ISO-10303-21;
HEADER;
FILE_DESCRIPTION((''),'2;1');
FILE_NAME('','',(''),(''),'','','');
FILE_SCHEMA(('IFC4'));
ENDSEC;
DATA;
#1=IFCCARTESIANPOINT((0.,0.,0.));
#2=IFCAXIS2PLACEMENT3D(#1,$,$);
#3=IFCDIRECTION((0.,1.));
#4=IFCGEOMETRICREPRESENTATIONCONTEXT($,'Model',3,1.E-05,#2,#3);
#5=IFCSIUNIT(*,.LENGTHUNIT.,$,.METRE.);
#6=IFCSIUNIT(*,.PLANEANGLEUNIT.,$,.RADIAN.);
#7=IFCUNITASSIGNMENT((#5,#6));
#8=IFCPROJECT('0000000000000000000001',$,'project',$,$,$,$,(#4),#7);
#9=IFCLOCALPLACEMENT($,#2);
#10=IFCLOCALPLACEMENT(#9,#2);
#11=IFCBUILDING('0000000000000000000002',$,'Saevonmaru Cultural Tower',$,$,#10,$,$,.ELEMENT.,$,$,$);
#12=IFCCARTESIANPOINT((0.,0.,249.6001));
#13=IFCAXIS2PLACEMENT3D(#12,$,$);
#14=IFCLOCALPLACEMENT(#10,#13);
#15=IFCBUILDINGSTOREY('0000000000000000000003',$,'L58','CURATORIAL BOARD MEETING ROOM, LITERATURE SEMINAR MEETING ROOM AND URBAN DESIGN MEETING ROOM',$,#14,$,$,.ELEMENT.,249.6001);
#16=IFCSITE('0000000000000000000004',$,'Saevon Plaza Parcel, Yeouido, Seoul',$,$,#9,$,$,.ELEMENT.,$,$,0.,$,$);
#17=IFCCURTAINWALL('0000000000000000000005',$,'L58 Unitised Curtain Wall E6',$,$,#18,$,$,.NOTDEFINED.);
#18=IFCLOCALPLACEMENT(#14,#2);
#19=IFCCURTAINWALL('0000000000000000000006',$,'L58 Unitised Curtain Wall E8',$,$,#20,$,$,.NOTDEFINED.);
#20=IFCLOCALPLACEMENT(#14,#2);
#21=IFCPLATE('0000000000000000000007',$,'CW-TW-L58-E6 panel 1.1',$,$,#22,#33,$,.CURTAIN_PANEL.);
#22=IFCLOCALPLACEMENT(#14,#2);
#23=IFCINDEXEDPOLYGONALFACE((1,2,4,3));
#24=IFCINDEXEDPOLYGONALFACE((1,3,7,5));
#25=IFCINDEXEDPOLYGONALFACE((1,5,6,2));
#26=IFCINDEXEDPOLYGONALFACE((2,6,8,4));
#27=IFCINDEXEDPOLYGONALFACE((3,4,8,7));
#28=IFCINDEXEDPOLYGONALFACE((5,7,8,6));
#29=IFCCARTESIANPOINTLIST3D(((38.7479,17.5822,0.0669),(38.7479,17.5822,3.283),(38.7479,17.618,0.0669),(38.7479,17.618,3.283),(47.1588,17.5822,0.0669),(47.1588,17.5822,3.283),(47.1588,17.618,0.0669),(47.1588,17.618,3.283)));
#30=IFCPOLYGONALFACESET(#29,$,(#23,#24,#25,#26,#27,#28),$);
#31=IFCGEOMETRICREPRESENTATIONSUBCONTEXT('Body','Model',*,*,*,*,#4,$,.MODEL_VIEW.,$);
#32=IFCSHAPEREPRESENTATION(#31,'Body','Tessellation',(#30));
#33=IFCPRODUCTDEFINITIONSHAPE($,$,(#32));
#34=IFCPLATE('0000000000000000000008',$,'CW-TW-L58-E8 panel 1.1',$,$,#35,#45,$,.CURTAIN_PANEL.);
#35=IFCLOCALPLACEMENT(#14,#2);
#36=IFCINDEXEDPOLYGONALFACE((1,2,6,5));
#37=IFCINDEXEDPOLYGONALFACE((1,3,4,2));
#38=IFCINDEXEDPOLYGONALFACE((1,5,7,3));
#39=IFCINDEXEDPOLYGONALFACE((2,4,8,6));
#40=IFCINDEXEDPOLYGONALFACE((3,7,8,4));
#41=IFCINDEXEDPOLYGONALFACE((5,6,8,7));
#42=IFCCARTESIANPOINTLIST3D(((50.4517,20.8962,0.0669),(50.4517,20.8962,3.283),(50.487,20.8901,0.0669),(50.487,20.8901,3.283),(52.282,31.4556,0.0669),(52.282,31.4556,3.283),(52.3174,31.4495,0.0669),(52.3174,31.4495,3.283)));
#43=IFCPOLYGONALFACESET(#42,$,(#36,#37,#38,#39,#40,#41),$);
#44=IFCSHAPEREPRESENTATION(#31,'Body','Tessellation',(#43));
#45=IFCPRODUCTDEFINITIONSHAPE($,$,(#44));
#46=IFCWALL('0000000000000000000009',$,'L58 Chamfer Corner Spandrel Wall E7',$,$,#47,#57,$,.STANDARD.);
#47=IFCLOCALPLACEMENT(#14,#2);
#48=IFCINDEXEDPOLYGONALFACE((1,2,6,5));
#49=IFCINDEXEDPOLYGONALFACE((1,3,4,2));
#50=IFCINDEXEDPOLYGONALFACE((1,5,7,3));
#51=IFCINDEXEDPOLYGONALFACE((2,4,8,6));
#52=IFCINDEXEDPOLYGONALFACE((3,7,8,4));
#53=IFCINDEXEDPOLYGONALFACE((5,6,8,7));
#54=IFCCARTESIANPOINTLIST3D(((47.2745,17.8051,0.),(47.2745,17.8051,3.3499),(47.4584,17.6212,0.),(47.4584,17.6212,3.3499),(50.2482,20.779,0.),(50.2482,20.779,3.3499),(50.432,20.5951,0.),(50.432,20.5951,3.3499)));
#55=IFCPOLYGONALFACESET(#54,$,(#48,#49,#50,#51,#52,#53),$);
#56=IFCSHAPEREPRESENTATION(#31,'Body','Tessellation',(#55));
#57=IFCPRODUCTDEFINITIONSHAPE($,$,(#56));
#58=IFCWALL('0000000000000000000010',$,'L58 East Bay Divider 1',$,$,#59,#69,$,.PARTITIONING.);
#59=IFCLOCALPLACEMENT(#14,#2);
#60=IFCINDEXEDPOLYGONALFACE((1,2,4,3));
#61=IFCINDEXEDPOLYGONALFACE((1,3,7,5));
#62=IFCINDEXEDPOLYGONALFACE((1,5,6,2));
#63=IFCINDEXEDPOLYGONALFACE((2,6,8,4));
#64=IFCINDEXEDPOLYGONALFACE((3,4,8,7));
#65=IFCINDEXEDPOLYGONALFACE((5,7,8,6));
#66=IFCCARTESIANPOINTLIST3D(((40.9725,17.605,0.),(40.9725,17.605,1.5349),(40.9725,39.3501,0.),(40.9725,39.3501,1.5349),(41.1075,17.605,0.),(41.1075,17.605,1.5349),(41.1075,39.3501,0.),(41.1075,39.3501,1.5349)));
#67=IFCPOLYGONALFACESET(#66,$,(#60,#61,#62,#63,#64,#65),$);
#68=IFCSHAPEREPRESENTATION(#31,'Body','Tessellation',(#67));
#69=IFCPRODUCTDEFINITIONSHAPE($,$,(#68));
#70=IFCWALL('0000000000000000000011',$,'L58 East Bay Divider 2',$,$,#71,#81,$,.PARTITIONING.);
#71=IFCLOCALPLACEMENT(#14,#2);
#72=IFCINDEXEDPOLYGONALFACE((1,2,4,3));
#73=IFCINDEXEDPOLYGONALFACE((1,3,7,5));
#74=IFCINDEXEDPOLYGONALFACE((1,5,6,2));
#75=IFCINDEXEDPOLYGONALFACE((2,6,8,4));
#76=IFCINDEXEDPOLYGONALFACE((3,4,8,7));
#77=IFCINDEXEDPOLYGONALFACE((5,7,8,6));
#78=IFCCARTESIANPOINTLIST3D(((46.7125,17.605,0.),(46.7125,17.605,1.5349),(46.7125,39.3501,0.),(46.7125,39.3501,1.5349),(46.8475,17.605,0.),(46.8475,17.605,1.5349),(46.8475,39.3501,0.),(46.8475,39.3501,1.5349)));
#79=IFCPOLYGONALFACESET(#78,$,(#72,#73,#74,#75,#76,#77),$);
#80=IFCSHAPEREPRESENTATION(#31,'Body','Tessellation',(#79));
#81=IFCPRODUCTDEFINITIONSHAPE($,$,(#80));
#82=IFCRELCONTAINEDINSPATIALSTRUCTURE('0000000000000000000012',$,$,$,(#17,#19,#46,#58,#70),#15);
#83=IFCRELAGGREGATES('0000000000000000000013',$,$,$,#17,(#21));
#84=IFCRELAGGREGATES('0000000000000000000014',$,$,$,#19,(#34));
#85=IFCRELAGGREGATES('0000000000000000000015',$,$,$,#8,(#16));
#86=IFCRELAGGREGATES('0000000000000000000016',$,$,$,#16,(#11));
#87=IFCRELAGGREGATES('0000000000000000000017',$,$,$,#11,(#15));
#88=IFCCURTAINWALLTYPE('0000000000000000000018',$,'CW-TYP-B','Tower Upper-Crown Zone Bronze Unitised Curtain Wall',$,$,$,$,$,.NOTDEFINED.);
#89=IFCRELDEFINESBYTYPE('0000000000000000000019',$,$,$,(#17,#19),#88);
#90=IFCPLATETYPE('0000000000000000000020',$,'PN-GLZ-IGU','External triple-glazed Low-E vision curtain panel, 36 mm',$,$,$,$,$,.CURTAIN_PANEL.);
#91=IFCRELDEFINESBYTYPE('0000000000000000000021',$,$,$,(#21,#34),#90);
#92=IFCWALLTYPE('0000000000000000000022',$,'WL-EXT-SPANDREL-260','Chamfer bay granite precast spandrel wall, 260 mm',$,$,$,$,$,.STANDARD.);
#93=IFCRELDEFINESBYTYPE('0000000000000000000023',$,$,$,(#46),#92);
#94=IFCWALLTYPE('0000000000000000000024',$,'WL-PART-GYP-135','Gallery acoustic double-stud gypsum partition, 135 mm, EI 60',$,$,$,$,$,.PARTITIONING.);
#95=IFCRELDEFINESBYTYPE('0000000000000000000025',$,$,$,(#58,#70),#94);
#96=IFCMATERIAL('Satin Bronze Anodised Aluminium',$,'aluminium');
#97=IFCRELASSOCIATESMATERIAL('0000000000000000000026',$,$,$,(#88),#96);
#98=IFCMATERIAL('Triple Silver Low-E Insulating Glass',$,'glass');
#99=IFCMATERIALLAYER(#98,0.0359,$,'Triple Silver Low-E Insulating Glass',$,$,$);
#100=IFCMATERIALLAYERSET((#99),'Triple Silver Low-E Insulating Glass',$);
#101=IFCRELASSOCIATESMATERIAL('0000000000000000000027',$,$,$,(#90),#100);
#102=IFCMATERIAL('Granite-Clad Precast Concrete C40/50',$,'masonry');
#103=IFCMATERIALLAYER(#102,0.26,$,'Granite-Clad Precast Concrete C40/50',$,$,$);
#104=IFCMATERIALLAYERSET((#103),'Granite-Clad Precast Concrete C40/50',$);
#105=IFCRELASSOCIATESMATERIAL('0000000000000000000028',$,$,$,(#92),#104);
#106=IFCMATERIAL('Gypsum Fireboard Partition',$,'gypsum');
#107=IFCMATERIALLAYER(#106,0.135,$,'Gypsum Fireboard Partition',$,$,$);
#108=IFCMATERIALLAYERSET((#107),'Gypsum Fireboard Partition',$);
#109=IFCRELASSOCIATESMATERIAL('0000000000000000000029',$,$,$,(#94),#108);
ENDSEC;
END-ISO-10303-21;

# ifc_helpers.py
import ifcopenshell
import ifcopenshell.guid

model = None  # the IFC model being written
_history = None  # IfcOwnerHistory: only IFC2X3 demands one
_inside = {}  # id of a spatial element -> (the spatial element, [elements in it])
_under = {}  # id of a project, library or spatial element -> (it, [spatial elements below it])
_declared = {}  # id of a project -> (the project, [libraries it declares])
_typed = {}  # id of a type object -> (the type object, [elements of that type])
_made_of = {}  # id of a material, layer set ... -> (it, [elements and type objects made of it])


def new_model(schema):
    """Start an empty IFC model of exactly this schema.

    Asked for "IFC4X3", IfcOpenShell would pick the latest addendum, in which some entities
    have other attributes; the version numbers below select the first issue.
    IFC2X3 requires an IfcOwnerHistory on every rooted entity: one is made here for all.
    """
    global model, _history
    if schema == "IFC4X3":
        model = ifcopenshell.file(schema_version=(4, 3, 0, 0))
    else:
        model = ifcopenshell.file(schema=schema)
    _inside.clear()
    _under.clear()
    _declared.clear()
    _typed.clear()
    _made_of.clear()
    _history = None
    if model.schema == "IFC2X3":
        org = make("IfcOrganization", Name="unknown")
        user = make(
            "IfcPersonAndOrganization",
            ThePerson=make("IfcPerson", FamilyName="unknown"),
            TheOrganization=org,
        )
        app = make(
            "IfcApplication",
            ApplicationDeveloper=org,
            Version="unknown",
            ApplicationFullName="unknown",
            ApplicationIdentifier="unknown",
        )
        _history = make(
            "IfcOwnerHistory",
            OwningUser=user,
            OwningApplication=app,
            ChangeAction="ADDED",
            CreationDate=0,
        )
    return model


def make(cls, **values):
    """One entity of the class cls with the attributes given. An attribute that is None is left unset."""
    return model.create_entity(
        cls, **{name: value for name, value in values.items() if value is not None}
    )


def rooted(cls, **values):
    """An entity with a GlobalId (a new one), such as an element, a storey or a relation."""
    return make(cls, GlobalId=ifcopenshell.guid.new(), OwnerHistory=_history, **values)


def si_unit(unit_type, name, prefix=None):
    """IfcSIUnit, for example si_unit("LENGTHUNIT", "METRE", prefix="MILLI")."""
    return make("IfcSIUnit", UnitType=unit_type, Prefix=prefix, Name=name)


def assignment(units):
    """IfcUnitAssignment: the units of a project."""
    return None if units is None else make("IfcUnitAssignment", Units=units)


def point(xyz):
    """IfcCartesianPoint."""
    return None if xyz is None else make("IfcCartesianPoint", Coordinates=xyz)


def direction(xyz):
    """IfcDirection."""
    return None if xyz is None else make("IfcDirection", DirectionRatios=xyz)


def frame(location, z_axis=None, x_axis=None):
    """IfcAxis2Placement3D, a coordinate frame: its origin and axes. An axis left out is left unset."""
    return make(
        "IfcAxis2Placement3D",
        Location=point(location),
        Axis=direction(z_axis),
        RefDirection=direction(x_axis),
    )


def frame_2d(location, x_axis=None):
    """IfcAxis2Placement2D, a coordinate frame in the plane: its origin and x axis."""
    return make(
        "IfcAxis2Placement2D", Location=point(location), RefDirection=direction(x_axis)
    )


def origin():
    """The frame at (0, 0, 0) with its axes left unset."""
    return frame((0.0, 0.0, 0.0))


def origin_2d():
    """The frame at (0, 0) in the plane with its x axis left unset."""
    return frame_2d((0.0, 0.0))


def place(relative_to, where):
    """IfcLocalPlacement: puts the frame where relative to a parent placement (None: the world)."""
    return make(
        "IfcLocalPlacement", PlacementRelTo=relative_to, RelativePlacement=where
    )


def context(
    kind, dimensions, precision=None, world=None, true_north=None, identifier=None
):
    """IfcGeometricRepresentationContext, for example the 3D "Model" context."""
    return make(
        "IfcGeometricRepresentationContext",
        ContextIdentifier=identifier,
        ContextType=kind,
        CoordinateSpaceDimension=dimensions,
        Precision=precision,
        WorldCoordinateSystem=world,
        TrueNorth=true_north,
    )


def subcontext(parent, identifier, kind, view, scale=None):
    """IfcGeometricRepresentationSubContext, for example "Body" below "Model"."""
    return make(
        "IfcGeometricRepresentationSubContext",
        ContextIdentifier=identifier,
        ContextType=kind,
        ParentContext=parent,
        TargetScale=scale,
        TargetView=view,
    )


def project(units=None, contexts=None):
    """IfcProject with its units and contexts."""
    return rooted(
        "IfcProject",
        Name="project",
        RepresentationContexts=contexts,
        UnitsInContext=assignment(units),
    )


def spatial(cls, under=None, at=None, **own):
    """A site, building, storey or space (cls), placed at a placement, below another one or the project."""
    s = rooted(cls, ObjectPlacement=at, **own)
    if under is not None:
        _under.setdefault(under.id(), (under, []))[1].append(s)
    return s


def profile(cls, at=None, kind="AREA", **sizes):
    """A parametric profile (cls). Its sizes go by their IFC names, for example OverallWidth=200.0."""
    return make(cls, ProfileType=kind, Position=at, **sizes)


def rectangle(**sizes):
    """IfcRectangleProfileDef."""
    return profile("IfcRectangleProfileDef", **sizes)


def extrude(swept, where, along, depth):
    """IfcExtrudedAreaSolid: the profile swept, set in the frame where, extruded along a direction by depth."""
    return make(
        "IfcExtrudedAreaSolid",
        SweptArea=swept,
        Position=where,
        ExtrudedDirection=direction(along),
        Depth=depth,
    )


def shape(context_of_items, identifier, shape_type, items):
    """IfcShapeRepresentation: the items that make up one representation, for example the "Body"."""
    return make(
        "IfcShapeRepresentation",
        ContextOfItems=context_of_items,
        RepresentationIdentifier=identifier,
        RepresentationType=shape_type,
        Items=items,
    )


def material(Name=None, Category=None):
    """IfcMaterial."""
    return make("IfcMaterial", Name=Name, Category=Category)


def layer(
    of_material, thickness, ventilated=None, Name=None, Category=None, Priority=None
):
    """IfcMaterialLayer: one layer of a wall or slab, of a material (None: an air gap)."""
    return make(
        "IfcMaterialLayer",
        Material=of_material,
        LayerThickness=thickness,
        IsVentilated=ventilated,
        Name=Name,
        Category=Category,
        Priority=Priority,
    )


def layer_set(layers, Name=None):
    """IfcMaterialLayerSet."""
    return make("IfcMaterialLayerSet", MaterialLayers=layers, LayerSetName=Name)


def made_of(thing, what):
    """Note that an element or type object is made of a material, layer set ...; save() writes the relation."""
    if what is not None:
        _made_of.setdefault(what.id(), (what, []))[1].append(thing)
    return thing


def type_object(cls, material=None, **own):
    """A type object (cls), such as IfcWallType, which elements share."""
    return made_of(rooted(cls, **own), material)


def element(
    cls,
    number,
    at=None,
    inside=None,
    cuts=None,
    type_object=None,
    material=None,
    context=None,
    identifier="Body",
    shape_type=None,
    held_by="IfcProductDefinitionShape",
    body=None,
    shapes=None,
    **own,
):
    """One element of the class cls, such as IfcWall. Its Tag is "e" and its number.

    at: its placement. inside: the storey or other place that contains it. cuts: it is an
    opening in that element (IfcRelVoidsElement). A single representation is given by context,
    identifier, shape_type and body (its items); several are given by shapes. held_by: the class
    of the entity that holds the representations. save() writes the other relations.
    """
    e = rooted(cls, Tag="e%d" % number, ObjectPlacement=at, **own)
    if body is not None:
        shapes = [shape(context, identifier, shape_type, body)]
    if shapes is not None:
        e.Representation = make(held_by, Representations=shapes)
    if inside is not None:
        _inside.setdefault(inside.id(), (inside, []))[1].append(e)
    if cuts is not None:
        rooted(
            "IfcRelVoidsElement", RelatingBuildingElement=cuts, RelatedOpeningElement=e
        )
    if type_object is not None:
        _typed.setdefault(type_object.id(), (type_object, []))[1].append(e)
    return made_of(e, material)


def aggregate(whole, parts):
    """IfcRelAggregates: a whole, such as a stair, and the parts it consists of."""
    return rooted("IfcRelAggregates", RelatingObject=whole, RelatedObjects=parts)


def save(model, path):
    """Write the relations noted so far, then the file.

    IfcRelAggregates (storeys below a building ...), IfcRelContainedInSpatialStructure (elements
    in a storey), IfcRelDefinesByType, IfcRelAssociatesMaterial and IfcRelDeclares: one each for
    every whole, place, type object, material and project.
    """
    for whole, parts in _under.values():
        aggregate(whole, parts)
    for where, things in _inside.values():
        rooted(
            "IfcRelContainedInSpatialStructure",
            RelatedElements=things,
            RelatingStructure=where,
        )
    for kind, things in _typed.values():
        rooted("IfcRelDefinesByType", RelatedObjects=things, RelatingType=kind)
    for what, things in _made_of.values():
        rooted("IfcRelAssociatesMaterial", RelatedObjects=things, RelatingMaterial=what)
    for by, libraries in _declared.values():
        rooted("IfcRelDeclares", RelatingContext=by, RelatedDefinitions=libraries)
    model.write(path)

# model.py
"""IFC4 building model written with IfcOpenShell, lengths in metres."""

from ifc_helpers import new_model, si_unit, direction, frame, frame_2d, origin, origin_2d, place, context, subcontext, project, spatial, rectangle, extrude, material, layer, layer_set, type_object, element, aggregate, save


model = new_model("IFC4")

# Units and contexts
model_context = context("Model", 3, precision=1e-05, world=origin(), true_north=direction((0.0, 1.0)))
body_context = subcontext(model_context, "Body", "Model", "MODEL_VIEW")
ifc_project = project(units=[si_unit("LENGTHUNIT", "METRE"), si_unit("PLANEANGLEUNIT", "RADIAN")], contexts=[model_context])

# Site, building, storey
site_placement = place(None, origin())
site = spatial("IfcSite", under=ifc_project, at=site_placement, Name="Saevon Plaza Parcel, Yeouido, Seoul", CompositionType="ELEMENT", RefElevation=0.0)
building_placement = place(site_placement, origin())
building = spatial("IfcBuilding", under=site, at=building_placement, Name="Saevonmaru Cultural Tower", CompositionType="ELEMENT")
storey_placement = place(building_placement, frame((0.0, 0.0, 249.6001)))
storey = spatial("IfcBuildingStorey", under=building, at=storey_placement, Name="L58", Description="CURATORIAL BOARD MEETING ROOM, LITERATURE SEMINAR MEETING ROOM AND URBAN DESIGN MEETING ROOM", CompositionType="ELEMENT", Elevation=249.6001)

# Curtain wall
ifc_material_1 = material(Name="Satin Bronze Anodised Aluminium", Category="aluminium")
curtain_wall_type = type_object("IfcCurtainWallType", Name="CW-TYP-B", Description="Tower Upper-Crown Zone Bronze Unitised Curtain Wall", PredefinedType="NOTDEFINED", material=ifc_material_1)
curtain_wall_1_placement = place(storey_placement, origin())
curtain_wall_1 = element("IfcCurtainWall", 1, at=curtain_wall_1_placement, inside=storey, type_object=curtain_wall_type, Name="L58 Unitised Curtain Wall E6", PredefinedType="NOTDEFINED")

# Curtain wall
curtain_wall_2_placement = place(storey_placement, origin())
curtain_wall_2 = element("IfcCurtainWall", 2, at=curtain_wall_2_placement, inside=storey, type_object=curtain_wall_type, Name="L58 Unitised Curtain Wall E8", PredefinedType="NOTDEFINED")

# Plates
ifc_material_2 = material(Name="Triple Silver Low-E Insulating Glass", Category="glass")
ifc_layer_1 = layer(ifc_material_2, 0.0359, Name="Triple Silver Low-E Insulating Glass")
ifc_layer_set_1 = layer_set([ifc_layer_1], Name="Triple Silver Low-E Insulating Glass")
plate_type_1 = type_object("IfcPlateType", Name="PN-GLZ-IGU", Description="External triple-glazed Low-E vision curtain panel, 36 mm", PredefinedType="CURTAIN_PANEL", material=ifc_layer_set_1)
plate_1_placement = place(storey_placement, frame((42.9534, 17.6001, 0.0669), z_axis=(0.0, 0.0, 1.0), x_axis=(1.0, 0.0, 0.0)))
plate_1 = element("IfcPlate", 3, at=plate_1_placement, type_object=plate_type_1, Name="CW-TW-L58-E6 panel 1.1", PredefinedType="CURTAIN_PANEL", context=body_context, shape_type="SweptSolid", body=[
    extrude(rectangle(XDim=8.4109, YDim=0.0359, at=origin_2d()), origin(), (0.0, 0.0, 1.0), 3.2161),
])
aggregate(curtain_wall_1, [plate_1])
plate_2_placement = place(storey_placement, frame((51.3845, 26.1729, 0.0669), z_axis=(0.0, 0.0, 1.0), x_axis=(0.17079, 0.985307, 0.0)))
plate_2 = element("IfcPlate", 4, at=plate_2_placement, type_object=plate_type_1, Name="CW-TW-L58-E8 panel 1.1", PredefinedType="CURTAIN_PANEL", context=body_context, shape_type="SweptSolid", body=[
    extrude(rectangle(XDim=10.7168, YDim=0.0359, at=origin_2d()), origin(), (0.0, 0.0, 1.0), 3.2161),
])
aggregate(curtain_wall_2, [plate_2])

# Walls
ifc_material_3 = material(Name="Granite-Clad Precast Concrete C40/50", Category="masonry")
ifc_layer_2 = layer(ifc_material_3, 0.26, Name="Granite-Clad Precast Concrete C40/50")
ifc_layer_set_2 = layer_set([ifc_layer_2], Name="Granite-Clad Precast Concrete C40/50")
wall_type_1 = type_object("IfcWallType", Name="WL-EXT-SPANDREL-260", Description="Chamfer bay granite precast spandrel wall, 260 mm", PredefinedType="STANDARD", material=ifc_layer_set_2)
wall_placement = place(storey_placement, frame((47.3665, 17.7131, 0.0), z_axis=(0.0, 0.0, 1.0), x_axis=(0.707078, 0.707136, 0.0)))
element("IfcWall", 5, at=wall_placement, inside=storey, type_object=wall_type_1, Name="L58 Chamfer Corner Spandrel Wall E7", PredefinedType="STANDARD", context=body_context, shape_type="SweptSolid", body=[
    extrude(rectangle(XDim=4.2056, YDim=0.26, at=frame_2d((2.1028, 0.0))), origin(), (0.0, 0.0, 1.0), 3.3499),
])
ifc_material_4 = material(Name="Gypsum Fireboard Partition", Category="gypsum")
ifc_layer_3 = layer(ifc_material_4, 0.135, Name="Gypsum Fireboard Partition")
ifc_layer_set_3 = layer_set([ifc_layer_3], Name="Gypsum Fireboard Partition")
wall_type_2 = type_object("IfcWallType", Name="WL-PART-GYP-135", Description="Gallery acoustic double-stud gypsum partition, 135 mm, EI 60", PredefinedType="PARTITIONING", material=ifc_layer_set_3)
for number, where, z_axis, x_axis, name in (
    (6, (41.04, 17.605, 0.0), (0.0, 0.0, 1.0), (0.0, 1.0, 0.0), "L58 East Bay Divider 1"),
    (7, (46.78, 17.605, 0.0), (0.0, 0.0, 1.0), (0.0, 1.0, 0.0), "L58 East Bay Divider 2"),
):
    element("IfcWall", number, at=place(storey_placement, frame(where, z_axis=z_axis, x_axis=x_axis)), inside=storey, type_object=wall_type_2, Name=name, PredefinedType="PARTITIONING", context=body_context, shape_type="SweptSolid", body=[
        extrude(rectangle(XDim=21.7451, YDim=0.135, at=frame_2d((10.8726, 0.0))), origin(), (0.0, 0.0, 1.0), 1.5349),
    ])

save(model, "model.ifc")
